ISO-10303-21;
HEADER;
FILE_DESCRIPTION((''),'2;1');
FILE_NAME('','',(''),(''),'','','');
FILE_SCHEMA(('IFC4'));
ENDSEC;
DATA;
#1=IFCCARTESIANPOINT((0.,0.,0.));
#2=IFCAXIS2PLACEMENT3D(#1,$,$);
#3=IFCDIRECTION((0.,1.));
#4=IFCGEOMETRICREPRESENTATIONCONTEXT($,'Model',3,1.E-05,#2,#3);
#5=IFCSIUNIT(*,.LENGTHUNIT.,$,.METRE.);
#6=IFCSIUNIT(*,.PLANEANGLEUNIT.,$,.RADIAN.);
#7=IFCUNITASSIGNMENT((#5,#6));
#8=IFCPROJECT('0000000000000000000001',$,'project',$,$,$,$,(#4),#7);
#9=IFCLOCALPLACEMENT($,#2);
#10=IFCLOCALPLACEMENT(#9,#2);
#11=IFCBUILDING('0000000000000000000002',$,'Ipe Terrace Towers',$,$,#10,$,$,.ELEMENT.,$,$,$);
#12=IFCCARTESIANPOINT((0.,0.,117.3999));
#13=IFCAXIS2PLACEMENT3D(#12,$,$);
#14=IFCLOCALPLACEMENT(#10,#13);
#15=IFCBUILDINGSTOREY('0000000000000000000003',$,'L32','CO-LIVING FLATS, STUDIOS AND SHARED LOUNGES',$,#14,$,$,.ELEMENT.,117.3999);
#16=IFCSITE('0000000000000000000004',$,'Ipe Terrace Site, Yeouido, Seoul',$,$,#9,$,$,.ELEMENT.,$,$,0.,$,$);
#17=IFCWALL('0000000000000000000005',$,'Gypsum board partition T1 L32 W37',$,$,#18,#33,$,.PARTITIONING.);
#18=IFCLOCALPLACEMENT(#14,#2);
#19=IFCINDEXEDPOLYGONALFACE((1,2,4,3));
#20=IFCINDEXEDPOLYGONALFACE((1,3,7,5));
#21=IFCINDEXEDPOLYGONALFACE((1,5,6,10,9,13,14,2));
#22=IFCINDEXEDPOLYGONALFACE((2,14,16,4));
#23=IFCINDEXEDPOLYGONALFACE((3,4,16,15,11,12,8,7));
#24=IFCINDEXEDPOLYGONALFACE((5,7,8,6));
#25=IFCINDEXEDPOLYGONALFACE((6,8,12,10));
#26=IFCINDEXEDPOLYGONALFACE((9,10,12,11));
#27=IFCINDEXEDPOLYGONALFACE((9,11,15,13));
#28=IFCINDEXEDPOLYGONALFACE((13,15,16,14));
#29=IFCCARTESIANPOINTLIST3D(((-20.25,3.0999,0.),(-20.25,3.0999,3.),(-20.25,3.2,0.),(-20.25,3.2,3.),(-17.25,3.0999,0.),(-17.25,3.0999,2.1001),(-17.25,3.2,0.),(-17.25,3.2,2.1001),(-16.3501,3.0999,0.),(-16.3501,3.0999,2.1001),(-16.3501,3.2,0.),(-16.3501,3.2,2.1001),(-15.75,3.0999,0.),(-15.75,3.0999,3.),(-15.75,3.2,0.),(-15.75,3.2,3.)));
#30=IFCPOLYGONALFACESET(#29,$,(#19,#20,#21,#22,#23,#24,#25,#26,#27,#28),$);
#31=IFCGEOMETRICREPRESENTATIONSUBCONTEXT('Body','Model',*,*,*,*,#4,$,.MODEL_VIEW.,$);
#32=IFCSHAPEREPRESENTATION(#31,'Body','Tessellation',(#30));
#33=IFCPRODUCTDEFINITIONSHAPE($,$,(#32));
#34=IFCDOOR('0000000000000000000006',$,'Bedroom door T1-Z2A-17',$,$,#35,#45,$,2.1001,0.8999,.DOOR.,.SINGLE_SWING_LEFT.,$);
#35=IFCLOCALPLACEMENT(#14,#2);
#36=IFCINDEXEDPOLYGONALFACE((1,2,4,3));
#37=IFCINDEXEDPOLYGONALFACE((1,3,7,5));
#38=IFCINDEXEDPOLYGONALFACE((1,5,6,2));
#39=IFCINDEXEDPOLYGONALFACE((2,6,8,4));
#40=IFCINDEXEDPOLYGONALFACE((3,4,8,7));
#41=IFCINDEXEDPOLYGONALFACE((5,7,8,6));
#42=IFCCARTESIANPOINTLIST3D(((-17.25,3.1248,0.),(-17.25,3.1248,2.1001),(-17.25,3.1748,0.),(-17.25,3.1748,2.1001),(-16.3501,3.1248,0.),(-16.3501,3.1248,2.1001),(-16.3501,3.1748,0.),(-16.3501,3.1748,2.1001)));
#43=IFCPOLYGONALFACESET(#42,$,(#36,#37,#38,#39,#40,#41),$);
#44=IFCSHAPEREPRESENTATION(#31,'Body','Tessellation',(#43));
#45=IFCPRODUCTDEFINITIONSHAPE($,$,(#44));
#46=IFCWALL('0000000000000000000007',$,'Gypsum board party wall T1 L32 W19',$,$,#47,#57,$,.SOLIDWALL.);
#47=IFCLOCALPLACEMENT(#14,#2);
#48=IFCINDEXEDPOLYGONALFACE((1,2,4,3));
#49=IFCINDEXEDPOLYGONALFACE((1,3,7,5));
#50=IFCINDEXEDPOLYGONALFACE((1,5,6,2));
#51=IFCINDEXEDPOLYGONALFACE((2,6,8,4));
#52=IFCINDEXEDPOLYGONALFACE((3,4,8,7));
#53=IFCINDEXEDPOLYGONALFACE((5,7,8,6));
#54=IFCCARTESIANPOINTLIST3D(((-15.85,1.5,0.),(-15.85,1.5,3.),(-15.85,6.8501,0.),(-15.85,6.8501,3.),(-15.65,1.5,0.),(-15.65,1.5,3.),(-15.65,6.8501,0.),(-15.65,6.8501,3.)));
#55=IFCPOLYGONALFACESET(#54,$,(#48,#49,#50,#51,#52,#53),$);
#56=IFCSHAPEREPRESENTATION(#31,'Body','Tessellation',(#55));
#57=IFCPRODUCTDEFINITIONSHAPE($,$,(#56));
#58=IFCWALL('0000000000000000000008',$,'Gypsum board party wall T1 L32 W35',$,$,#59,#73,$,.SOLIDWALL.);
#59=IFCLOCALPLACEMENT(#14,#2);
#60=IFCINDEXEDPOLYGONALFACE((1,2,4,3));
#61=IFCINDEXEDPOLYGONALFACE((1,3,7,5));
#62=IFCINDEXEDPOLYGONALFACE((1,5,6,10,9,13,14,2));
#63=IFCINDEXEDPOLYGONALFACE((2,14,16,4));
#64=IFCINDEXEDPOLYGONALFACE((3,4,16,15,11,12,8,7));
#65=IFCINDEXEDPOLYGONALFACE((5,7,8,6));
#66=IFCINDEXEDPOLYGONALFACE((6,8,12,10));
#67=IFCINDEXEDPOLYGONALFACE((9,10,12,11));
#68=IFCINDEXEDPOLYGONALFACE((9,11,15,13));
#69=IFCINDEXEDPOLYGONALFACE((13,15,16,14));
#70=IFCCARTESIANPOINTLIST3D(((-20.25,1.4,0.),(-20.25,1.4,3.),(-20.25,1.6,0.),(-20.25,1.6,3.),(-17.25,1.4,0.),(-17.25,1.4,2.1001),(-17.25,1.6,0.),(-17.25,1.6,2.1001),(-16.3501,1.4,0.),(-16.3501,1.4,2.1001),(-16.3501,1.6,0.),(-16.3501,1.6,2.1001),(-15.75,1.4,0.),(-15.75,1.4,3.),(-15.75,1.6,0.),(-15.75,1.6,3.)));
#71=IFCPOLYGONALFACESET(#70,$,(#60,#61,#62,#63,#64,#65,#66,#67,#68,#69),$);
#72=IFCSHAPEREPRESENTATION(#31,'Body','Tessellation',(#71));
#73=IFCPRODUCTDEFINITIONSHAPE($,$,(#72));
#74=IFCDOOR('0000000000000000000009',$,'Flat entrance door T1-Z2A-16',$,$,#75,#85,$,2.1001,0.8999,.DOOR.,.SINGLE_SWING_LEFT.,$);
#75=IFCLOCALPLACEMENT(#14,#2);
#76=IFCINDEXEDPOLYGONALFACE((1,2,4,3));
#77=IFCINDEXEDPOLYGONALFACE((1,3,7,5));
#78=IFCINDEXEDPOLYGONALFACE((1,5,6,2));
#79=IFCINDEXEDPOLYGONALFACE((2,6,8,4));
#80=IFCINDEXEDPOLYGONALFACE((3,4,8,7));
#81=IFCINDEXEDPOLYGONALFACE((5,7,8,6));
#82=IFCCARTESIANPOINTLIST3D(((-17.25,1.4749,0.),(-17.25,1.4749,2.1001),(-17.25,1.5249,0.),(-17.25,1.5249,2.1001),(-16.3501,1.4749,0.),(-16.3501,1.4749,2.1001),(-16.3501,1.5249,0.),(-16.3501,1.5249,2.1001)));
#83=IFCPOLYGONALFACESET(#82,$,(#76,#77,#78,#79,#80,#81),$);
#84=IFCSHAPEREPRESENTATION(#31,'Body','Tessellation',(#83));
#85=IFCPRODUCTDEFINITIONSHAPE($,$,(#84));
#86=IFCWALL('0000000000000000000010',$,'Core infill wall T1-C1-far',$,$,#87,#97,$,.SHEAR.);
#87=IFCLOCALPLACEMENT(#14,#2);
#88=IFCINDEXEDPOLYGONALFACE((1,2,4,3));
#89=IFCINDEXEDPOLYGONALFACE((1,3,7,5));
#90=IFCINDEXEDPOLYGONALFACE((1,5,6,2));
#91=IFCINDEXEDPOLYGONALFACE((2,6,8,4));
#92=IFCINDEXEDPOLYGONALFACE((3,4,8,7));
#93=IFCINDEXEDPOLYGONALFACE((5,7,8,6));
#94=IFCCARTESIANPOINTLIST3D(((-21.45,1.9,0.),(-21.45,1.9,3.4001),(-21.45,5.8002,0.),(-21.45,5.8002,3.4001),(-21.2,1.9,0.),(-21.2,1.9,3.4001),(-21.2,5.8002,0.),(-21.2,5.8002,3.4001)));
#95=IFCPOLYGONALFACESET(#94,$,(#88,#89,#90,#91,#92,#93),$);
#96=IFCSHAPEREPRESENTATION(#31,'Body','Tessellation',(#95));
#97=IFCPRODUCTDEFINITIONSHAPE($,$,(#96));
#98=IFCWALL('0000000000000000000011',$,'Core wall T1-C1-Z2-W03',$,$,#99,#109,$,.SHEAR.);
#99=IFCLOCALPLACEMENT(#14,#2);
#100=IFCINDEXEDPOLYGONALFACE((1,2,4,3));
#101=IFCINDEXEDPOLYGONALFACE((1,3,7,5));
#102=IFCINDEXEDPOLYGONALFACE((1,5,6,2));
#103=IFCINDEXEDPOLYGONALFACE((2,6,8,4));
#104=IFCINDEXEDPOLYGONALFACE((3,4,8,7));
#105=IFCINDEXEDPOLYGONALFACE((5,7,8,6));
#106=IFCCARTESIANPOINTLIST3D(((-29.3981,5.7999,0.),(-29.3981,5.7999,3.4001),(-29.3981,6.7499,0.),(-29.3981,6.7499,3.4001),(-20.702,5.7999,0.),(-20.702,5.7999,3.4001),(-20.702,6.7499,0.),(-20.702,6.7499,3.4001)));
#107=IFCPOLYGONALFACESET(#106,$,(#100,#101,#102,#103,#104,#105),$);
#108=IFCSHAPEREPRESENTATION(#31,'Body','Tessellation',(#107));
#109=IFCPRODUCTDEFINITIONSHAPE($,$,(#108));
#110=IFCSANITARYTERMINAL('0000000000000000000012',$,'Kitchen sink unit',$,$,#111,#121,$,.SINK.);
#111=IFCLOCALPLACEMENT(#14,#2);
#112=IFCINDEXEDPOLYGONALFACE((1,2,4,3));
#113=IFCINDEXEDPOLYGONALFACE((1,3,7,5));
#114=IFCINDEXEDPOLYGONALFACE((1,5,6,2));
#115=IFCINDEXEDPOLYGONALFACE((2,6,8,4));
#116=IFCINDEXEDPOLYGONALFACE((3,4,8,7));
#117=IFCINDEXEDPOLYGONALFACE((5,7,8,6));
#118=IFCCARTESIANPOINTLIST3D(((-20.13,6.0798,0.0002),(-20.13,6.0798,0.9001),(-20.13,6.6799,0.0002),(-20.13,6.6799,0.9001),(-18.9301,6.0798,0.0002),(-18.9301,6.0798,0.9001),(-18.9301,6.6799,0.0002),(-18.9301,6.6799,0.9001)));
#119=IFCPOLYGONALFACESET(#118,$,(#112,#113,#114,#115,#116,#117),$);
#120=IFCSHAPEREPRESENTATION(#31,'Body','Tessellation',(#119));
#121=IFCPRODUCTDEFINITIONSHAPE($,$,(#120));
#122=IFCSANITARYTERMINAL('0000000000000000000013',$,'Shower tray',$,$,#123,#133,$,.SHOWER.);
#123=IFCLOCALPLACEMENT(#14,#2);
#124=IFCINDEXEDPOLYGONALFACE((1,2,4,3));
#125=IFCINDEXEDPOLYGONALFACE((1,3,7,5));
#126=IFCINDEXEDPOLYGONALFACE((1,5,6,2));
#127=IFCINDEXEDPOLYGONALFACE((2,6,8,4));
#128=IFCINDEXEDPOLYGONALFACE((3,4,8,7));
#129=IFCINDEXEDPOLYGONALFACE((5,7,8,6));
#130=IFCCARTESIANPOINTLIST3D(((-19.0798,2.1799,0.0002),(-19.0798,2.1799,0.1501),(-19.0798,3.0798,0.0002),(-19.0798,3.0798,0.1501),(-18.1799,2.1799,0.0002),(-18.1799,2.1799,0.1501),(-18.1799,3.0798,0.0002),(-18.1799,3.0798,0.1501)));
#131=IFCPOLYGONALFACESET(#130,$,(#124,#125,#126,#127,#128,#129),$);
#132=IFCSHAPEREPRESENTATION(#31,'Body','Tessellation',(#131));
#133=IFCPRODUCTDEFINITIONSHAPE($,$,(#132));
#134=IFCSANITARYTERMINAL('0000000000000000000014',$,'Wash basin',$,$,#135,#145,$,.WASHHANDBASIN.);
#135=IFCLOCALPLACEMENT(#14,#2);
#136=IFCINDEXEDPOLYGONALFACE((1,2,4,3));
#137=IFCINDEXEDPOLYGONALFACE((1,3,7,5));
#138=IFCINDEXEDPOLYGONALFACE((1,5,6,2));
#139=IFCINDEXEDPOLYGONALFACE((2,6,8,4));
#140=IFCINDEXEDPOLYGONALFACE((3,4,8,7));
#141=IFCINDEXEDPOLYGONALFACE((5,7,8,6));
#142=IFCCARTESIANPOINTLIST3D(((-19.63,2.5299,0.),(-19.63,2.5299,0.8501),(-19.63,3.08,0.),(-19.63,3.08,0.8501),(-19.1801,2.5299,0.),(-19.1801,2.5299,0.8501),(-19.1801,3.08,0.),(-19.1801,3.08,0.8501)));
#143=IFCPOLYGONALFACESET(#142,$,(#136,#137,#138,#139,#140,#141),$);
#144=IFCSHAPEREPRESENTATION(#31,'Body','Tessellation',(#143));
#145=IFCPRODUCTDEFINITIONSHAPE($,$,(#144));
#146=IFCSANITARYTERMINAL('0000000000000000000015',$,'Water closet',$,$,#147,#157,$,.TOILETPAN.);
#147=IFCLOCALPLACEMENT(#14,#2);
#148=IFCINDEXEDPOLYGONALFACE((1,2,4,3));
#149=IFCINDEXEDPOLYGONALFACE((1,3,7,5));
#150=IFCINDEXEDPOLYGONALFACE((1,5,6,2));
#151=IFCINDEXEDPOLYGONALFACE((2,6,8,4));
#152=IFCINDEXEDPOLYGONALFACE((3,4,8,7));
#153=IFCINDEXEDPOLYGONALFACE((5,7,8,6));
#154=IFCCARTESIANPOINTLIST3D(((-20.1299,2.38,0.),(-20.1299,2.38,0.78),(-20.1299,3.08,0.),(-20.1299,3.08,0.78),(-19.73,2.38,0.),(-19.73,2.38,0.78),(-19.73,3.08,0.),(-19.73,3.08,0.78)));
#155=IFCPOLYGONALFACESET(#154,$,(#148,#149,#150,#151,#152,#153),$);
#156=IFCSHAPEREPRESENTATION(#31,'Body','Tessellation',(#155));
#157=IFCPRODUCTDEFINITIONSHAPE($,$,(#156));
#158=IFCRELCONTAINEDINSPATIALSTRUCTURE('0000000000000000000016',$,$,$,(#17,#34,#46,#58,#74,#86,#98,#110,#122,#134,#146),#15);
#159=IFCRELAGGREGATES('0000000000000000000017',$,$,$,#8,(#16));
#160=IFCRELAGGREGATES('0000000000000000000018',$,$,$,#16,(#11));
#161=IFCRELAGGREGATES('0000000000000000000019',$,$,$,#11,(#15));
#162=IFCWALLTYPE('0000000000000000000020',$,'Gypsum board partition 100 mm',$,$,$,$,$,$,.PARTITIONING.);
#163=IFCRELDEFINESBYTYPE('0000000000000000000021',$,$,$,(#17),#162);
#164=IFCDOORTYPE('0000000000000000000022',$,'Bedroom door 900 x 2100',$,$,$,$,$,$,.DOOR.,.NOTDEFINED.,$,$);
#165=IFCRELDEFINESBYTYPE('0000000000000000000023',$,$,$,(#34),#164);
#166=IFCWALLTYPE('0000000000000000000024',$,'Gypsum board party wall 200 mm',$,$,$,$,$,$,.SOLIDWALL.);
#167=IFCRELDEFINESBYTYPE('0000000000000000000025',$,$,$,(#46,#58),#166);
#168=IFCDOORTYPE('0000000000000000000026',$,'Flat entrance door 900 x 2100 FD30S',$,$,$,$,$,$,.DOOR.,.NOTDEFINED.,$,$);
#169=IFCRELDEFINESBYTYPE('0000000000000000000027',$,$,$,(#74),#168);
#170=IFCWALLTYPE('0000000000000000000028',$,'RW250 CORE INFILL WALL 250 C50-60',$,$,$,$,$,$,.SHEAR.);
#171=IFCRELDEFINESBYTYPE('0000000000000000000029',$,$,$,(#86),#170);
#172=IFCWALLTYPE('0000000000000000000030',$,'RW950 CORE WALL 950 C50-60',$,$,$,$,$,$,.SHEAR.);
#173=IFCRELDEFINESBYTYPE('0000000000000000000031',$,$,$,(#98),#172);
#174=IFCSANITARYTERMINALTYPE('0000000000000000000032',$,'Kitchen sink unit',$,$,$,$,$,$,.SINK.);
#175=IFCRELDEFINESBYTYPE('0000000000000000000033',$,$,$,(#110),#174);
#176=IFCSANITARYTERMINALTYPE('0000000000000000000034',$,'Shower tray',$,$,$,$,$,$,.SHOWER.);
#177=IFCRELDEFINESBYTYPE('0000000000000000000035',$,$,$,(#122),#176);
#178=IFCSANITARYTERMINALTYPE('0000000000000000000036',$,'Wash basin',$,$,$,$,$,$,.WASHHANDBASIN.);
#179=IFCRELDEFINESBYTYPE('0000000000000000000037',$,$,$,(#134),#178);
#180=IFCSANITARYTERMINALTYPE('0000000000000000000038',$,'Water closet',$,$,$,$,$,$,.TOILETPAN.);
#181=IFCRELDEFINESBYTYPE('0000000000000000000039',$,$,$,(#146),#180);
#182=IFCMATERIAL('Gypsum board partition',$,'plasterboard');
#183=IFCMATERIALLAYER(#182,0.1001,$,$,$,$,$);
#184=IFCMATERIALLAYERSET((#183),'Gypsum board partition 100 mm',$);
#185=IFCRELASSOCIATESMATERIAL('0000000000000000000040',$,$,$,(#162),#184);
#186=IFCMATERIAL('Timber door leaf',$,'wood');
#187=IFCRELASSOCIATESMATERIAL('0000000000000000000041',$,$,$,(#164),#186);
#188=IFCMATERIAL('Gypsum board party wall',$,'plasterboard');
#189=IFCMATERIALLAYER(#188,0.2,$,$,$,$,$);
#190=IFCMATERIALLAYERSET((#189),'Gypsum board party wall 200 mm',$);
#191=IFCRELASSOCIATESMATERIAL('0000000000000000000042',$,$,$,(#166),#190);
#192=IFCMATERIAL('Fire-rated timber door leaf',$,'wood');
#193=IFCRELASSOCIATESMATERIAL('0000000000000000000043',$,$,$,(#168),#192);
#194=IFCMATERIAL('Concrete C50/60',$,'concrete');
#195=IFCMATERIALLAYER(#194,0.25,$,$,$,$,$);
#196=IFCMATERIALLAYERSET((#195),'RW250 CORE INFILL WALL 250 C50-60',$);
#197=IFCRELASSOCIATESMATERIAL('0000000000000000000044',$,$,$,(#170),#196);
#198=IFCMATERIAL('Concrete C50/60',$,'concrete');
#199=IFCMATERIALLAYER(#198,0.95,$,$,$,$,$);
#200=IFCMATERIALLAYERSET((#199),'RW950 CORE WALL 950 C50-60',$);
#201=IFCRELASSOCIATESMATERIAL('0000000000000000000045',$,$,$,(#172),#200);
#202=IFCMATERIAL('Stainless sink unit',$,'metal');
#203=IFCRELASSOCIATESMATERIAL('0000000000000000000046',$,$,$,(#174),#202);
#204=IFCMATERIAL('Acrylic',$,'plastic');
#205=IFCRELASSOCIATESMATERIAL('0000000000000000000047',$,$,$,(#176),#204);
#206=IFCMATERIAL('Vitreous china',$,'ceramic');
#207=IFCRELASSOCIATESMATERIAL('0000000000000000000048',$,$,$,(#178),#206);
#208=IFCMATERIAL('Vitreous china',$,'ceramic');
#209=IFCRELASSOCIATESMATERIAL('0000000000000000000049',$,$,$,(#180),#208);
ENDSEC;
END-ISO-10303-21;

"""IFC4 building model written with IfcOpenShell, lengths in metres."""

from ifc_helpers import new_model, si_unit, direction, frame, frame_2d, origin, origin_2d, place, context, subcontext, project, spatial, rectangle, extrude, material, layer, layer_set, type_object, element, fill, save


model = new_model("IFC4")

# Units and contexts
model_context = context("Model", 3, precision=1e-05, world=origin(), true_north=direction((0.0, 1.0)))
body_context = subcontext(model_context, "Body", "Model", "MODEL_VIEW")
ifc_project = project(units=[si_unit("LENGTHUNIT", "METRE"), si_unit("PLANEANGLEUNIT", "RADIAN")], contexts=[model_context])

# Site, building, storey
site_placement = place(None, origin())
site = spatial("IfcSite", under=ifc_project, at=site_placement, Name="Ipe Terrace Site, Yeouido, Seoul", CompositionType="ELEMENT", RefElevation=0.0)
building_placement = place(site_placement, origin())
building = spatial("IfcBuilding", under=site, at=building_placement, Name="Ipe Terrace Towers", CompositionType="ELEMENT")
storey_placement = place(building_placement, frame((0.0, 0.0, 117.3999)))
storey = spatial("IfcBuildingStorey", under=building, at=storey_placement, Name="L32", Description="CO-LIVING FLATS, STUDIOS AND SHARED LOUNGES", CompositionType="ELEMENT", Elevation=117.3999)

# Wall, opening, door
ifc_material_1 = material(Name="Gypsum board partition", Category="plasterboard")
ifc_layer_1 = layer(ifc_material_1, 0.1001)
ifc_layer_set_1 = layer_set([ifc_layer_1], Name="Gypsum board partition 100 mm")
wall_type_1 = type_object("IfcWallType", Name="Gypsum board partition 100 mm", PredefinedType="PARTITIONING", material=ifc_layer_set_1)
wall_1_placement = place(storey_placement, frame((-20.25, 3.1499, 0.0), z_axis=(0.0, 0.0, 1.0), x_axis=(1.0, 0.0, 0.0)))
wall_1 = element("IfcWall", 1, at=wall_1_placement, inside=storey, type_object=wall_type_1, Name="Gypsum board partition T1 L32 W37", PredefinedType="PARTITIONING", context=body_context, shape_type="SweptSolid", body=[
    extrude(rectangle(XDim=4.5, YDim=0.1001, at=frame_2d((2.25, 0.0))), origin(), (0.0, 0.0, 1.0), 3.0),
])
opening_1_placement = place(wall_1_placement, frame((3.0, 0.0, 0.0)))
opening_1 = element("IfcOpeningElement", 2, at=opening_1_placement, cuts=wall_1, PredefinedType="OPENING", context=body_context, shape_type="SweptSolid", body=[
    extrude(rectangle(XDim=0.8999, YDim=2.1001, at=frame_2d((0.45, 1.05))), frame((0.0, 0.0601, 0.0), z_axis=(0.0, -1.0, 0.0), x_axis=(1.0, 0.0, 0.0)), (0.0, 0.0, 1.0), 0.1201),
])
ifc_material_2 = material(Name="Timber door leaf", Category="wood")
door_type_1 = type_object("IfcDoorType", Name="Bedroom door 900 x 2100", OperationType="NOTDEFINED", PredefinedType="DOOR", material=ifc_material_2)
door_1_placement = place(opening_1_placement, origin())
door_1 = element("IfcDoor", 3, at=door_1_placement, inside=storey, type_object=door_type_1, Name="Bedroom door T1-Z2A-17", OperationType="SINGLE_SWING_LEFT", OverallHeight=2.1001, OverallWidth=0.8999, PredefinedType="DOOR", context=body_context, shape_type="SweptSolid", body=[
    extrude(rectangle(XDim=0.8999, YDim=2.1001, at=frame_2d((0.45, 1.05))), frame((0.0, 0.0249, 0.0), z_axis=(0.0, -1.0, 0.0), x_axis=(1.0, 0.0, 0.0)), (0.0, 0.0, 1.0), 0.05),
])
fill(opening_1, door_1)

# Wall
ifc_material_3 = material(Name="Gypsum board party wall", Category="plasterboard")
ifc_layer_2 = layer(ifc_material_3, 0.2)
ifc_layer_set_2 = layer_set([ifc_layer_2], Name="Gypsum board party wall 200 mm")
wall_type_2 = type_object("IfcWallType", Name="Gypsum board party wall 200 mm", PredefinedType="SOLIDWALL", material=ifc_layer_set_2)
wall_2_placement = place(storey_placement, frame((-15.75, 1.5, 0.0), z_axis=(0.0, 0.0, 1.0), x_axis=(0.0, 1.0, 0.0)))
element("IfcWall", 4, at=wall_2_placement, inside=storey, type_object=wall_type_2, Name="Gypsum board party wall T1 L32 W19", PredefinedType="SOLIDWALL", context=body_context, shape_type="SweptSolid", body=[
    extrude(rectangle(XDim=5.3501, YDim=0.2, at=frame_2d((2.675, 0.0))), origin(), (0.0, 0.0, 1.0), 3.0),
])

# Wall, opening, door
wall_3_placement = place(storey_placement, frame((-20.25, 1.5, 0.0), z_axis=(0.0, 0.0, 1.0), x_axis=(1.0, 0.0, 0.0)))
wall_3 = element("IfcWall", 5, at=wall_3_placement, inside=storey, type_object=wall_type_2, Name="Gypsum board party wall T1 L32 W35", PredefinedType="SOLIDWALL", context=body_context, shape_type="SweptSolid", body=[
    extrude(rectangle(XDim=4.5, YDim=0.2, at=frame_2d((2.25, 0.0))), origin(), (0.0, 0.0, 1.0), 3.0),
])
opening_2_placement = place(wall_3_placement, frame((3.0, 0.0, 0.0)))
opening_2 = element("IfcOpeningElement", 6, at=opening_2_placement, cuts=wall_3, PredefinedType="OPENING", context=body_context, shape_type="SweptSolid", body=[
    extrude(rectangle(XDim=0.8999, YDim=2.1001, at=frame_2d((0.45, 1.05))), frame((0.0, 0.1099, 0.0), z_axis=(0.0, -1.0, 0.0), x_axis=(1.0, 0.0, 0.0)), (0.0, 0.0, 1.0), 0.22),
])
ifc_material_4 = material(Name="Fire-rated timber door leaf", Category="wood")
door_type_2 = type_object("IfcDoorType", Name="Flat entrance door 900 x 2100 FD30S", OperationType="NOTDEFINED", PredefinedType="DOOR", material=ifc_material_4)
door_2_placement = place(opening_2_placement, origin())
door_2 = element("IfcDoor", 7, at=door_2_placement, inside=storey, type_object=door_type_2, Name="Flat entrance door T1-Z2A-16", OperationType="SINGLE_SWING_LEFT", OverallHeight=2.1001, OverallWidth=0.8999, PredefinedType="DOOR", context=body_context, shape_type="SweptSolid", body=[
    extrude(rectangle(XDim=0.8999, YDim=2.1001, at=frame_2d((0.45, 1.05))), frame((0.0, 0.0249, 0.0), z_axis=(0.0, -1.0, 0.0), x_axis=(1.0, 0.0, 0.0)), (0.0, 0.0, 1.0), 0.05),
])
fill(opening_2, door_2)

# Walls
ifc_material_5 = material(Name="Concrete C50/60", Category="concrete")
ifc_layer_3 = layer(ifc_material_5, 0.25)
ifc_layer_set_3 = layer_set([ifc_layer_3], Name="RW250 CORE INFILL WALL 250 C50-60")
wall_type_3 = type_object("IfcWallType", Name="RW250 CORE INFILL WALL 250 C50-60", PredefinedType="SHEAR", material=ifc_layer_set_3)
wall_4_placement = place(storey_placement, frame((-21.325, 1.8999, 0.0), z_axis=(0.0, 0.0, 1.0), x_axis=(0.0, 1.0, 0.0)))
element("IfcWall", 8, at=wall_4_placement, inside=storey, type_object=wall_type_3, Name="Core infill wall T1-C1-far", PredefinedType="SHEAR", context=body_context, shape_type="SweptSolid", body=[
    extrude(rectangle(XDim=3.9001, YDim=0.25, at=frame_2d((1.9502, 0.0))), origin(), (0.0, 0.0, 1.0), 3.4001),
])
ifc_material_6 = material(Name="Concrete C50/60", Category="concrete")
ifc_layer_4 = layer(ifc_material_6, 0.95)
ifc_layer_set_4 = layer_set([ifc_layer_4], Name="RW950 CORE WALL 950 C50-60")
wall_type_4 = type_object("IfcWallType", Name="RW950 CORE WALL 950 C50-60", PredefinedType="SHEAR", material=ifc_layer_set_4)
wall_5_placement = place(storey_placement, frame((-20.7019, 6.2749, 0.0), z_axis=(0.0, 0.0, 1.0), x_axis=(-1.0, 0.0, 0.0)))
element("IfcWall", 9, at=wall_5_placement, inside=storey, type_object=wall_type_4, Name="Core wall T1-C1-Z2-W03", PredefinedType="SHEAR", context=body_context, shape_type="SweptSolid", body=[
    extrude(rectangle(XDim=8.696, YDim=0.95, at=frame_2d((4.3481, 0.0))), origin(), (0.0, 0.0, 1.0), 3.4001),
])

# Sanitary terminals
ifc_material_7 = material(Name="Stainless sink unit", Category="metal")
sanitary_terminal_type_1 = type_object("IfcSanitaryTerminalType", Name="Kitchen sink unit", PredefinedType="SINK", material=ifc_material_7)
sanitary_terminal_1_placement = place(storey_placement, frame((-19.53, 6.3799, 0.0002), z_axis=(0.0, 0.0, 1.0), x_axis=(1.0, 0.0, 0.0)))
element("IfcSanitaryTerminal", 10, at=sanitary_terminal_1_placement, inside=storey, type_object=sanitary_terminal_type_1, Name="Kitchen sink unit", PredefinedType="SINK", context=body_context, shape_type="SweptSolid", body=[
    extrude(rectangle(XDim=1.2, YDim=0.6001, at=origin_2d()), origin(), (0.0, 0.0, 1.0), 0.8999),
])
ifc_material_8 = material(Name="Acrylic", Category="plastic")
sanitary_terminal_type_2 = type_object("IfcSanitaryTerminalType", Name="Shower tray", PredefinedType="SHOWER", material=ifc_material_8)
sanitary_terminal_2_placement = place(storey_placement, frame((-18.6299, 2.6299, 0.0002), z_axis=(0.0, 0.0, 1.0), x_axis=(0.0, -1.0, 0.0)))
element("IfcSanitaryTerminal", 11, at=sanitary_terminal_2_placement, inside=storey, type_object=sanitary_terminal_type_2, Name="Shower tray", PredefinedType="SHOWER", context=body_context, shape_type="SweptSolid", body=[
    extrude(rectangle(XDim=0.8999, YDim=0.8999, at=origin_2d()), origin(), (0.0, 0.0, 1.0), 0.1499),
])
ifc_material_9 = material(Name="Vitreous china", Category="ceramic")
sanitary_terminal_type_3 = type_object("IfcSanitaryTerminalType", Name="Wash basin", PredefinedType="WASHHANDBASIN", material=ifc_material_9)
sanitary_terminal_3_placement = place(storey_placement, frame((-19.405, 2.8049, 0.0), z_axis=(0.0, 0.0, 1.0), x_axis=(0.0, -1.0, 0.0)))
element("IfcSanitaryTerminal", 12, at=sanitary_terminal_3_placement, inside=storey, type_object=sanitary_terminal_type_3, Name="Wash basin", PredefinedType="WASHHANDBASIN", context=body_context, shape_type="SweptSolid", body=[
    extrude(rectangle(XDim=0.55, YDim=0.45, at=origin_2d()), origin(), (0.0, 0.0, 1.0), 0.8501),
])
ifc_material_10 = material(Name="Vitreous china", Category="ceramic")
sanitary_terminal_type_4 = type_object("IfcSanitaryTerminalType", Name="Water closet", PredefinedType="TOILETPAN", material=ifc_material_10)
sanitary_terminal_4_placement = place(storey_placement, frame((-19.9299, 2.73, 0.0), z_axis=(0.0, 0.0, 1.0), x_axis=(0.0, -1.0, 0.0)))
element("IfcSanitaryTerminal", 13, at=sanitary_terminal_4_placement, inside=storey, type_object=sanitary_terminal_type_4, Name="Water closet", PredefinedType="TOILETPAN", context=body_context, shape_type="SweptSolid", body=[
    extrude(rectangle(XDim=0.7, YDim=0.3999, at=origin_2d()), origin(), (0.0, 0.0, 1.0), 0.78),
])

save(model, "model.ifc")
